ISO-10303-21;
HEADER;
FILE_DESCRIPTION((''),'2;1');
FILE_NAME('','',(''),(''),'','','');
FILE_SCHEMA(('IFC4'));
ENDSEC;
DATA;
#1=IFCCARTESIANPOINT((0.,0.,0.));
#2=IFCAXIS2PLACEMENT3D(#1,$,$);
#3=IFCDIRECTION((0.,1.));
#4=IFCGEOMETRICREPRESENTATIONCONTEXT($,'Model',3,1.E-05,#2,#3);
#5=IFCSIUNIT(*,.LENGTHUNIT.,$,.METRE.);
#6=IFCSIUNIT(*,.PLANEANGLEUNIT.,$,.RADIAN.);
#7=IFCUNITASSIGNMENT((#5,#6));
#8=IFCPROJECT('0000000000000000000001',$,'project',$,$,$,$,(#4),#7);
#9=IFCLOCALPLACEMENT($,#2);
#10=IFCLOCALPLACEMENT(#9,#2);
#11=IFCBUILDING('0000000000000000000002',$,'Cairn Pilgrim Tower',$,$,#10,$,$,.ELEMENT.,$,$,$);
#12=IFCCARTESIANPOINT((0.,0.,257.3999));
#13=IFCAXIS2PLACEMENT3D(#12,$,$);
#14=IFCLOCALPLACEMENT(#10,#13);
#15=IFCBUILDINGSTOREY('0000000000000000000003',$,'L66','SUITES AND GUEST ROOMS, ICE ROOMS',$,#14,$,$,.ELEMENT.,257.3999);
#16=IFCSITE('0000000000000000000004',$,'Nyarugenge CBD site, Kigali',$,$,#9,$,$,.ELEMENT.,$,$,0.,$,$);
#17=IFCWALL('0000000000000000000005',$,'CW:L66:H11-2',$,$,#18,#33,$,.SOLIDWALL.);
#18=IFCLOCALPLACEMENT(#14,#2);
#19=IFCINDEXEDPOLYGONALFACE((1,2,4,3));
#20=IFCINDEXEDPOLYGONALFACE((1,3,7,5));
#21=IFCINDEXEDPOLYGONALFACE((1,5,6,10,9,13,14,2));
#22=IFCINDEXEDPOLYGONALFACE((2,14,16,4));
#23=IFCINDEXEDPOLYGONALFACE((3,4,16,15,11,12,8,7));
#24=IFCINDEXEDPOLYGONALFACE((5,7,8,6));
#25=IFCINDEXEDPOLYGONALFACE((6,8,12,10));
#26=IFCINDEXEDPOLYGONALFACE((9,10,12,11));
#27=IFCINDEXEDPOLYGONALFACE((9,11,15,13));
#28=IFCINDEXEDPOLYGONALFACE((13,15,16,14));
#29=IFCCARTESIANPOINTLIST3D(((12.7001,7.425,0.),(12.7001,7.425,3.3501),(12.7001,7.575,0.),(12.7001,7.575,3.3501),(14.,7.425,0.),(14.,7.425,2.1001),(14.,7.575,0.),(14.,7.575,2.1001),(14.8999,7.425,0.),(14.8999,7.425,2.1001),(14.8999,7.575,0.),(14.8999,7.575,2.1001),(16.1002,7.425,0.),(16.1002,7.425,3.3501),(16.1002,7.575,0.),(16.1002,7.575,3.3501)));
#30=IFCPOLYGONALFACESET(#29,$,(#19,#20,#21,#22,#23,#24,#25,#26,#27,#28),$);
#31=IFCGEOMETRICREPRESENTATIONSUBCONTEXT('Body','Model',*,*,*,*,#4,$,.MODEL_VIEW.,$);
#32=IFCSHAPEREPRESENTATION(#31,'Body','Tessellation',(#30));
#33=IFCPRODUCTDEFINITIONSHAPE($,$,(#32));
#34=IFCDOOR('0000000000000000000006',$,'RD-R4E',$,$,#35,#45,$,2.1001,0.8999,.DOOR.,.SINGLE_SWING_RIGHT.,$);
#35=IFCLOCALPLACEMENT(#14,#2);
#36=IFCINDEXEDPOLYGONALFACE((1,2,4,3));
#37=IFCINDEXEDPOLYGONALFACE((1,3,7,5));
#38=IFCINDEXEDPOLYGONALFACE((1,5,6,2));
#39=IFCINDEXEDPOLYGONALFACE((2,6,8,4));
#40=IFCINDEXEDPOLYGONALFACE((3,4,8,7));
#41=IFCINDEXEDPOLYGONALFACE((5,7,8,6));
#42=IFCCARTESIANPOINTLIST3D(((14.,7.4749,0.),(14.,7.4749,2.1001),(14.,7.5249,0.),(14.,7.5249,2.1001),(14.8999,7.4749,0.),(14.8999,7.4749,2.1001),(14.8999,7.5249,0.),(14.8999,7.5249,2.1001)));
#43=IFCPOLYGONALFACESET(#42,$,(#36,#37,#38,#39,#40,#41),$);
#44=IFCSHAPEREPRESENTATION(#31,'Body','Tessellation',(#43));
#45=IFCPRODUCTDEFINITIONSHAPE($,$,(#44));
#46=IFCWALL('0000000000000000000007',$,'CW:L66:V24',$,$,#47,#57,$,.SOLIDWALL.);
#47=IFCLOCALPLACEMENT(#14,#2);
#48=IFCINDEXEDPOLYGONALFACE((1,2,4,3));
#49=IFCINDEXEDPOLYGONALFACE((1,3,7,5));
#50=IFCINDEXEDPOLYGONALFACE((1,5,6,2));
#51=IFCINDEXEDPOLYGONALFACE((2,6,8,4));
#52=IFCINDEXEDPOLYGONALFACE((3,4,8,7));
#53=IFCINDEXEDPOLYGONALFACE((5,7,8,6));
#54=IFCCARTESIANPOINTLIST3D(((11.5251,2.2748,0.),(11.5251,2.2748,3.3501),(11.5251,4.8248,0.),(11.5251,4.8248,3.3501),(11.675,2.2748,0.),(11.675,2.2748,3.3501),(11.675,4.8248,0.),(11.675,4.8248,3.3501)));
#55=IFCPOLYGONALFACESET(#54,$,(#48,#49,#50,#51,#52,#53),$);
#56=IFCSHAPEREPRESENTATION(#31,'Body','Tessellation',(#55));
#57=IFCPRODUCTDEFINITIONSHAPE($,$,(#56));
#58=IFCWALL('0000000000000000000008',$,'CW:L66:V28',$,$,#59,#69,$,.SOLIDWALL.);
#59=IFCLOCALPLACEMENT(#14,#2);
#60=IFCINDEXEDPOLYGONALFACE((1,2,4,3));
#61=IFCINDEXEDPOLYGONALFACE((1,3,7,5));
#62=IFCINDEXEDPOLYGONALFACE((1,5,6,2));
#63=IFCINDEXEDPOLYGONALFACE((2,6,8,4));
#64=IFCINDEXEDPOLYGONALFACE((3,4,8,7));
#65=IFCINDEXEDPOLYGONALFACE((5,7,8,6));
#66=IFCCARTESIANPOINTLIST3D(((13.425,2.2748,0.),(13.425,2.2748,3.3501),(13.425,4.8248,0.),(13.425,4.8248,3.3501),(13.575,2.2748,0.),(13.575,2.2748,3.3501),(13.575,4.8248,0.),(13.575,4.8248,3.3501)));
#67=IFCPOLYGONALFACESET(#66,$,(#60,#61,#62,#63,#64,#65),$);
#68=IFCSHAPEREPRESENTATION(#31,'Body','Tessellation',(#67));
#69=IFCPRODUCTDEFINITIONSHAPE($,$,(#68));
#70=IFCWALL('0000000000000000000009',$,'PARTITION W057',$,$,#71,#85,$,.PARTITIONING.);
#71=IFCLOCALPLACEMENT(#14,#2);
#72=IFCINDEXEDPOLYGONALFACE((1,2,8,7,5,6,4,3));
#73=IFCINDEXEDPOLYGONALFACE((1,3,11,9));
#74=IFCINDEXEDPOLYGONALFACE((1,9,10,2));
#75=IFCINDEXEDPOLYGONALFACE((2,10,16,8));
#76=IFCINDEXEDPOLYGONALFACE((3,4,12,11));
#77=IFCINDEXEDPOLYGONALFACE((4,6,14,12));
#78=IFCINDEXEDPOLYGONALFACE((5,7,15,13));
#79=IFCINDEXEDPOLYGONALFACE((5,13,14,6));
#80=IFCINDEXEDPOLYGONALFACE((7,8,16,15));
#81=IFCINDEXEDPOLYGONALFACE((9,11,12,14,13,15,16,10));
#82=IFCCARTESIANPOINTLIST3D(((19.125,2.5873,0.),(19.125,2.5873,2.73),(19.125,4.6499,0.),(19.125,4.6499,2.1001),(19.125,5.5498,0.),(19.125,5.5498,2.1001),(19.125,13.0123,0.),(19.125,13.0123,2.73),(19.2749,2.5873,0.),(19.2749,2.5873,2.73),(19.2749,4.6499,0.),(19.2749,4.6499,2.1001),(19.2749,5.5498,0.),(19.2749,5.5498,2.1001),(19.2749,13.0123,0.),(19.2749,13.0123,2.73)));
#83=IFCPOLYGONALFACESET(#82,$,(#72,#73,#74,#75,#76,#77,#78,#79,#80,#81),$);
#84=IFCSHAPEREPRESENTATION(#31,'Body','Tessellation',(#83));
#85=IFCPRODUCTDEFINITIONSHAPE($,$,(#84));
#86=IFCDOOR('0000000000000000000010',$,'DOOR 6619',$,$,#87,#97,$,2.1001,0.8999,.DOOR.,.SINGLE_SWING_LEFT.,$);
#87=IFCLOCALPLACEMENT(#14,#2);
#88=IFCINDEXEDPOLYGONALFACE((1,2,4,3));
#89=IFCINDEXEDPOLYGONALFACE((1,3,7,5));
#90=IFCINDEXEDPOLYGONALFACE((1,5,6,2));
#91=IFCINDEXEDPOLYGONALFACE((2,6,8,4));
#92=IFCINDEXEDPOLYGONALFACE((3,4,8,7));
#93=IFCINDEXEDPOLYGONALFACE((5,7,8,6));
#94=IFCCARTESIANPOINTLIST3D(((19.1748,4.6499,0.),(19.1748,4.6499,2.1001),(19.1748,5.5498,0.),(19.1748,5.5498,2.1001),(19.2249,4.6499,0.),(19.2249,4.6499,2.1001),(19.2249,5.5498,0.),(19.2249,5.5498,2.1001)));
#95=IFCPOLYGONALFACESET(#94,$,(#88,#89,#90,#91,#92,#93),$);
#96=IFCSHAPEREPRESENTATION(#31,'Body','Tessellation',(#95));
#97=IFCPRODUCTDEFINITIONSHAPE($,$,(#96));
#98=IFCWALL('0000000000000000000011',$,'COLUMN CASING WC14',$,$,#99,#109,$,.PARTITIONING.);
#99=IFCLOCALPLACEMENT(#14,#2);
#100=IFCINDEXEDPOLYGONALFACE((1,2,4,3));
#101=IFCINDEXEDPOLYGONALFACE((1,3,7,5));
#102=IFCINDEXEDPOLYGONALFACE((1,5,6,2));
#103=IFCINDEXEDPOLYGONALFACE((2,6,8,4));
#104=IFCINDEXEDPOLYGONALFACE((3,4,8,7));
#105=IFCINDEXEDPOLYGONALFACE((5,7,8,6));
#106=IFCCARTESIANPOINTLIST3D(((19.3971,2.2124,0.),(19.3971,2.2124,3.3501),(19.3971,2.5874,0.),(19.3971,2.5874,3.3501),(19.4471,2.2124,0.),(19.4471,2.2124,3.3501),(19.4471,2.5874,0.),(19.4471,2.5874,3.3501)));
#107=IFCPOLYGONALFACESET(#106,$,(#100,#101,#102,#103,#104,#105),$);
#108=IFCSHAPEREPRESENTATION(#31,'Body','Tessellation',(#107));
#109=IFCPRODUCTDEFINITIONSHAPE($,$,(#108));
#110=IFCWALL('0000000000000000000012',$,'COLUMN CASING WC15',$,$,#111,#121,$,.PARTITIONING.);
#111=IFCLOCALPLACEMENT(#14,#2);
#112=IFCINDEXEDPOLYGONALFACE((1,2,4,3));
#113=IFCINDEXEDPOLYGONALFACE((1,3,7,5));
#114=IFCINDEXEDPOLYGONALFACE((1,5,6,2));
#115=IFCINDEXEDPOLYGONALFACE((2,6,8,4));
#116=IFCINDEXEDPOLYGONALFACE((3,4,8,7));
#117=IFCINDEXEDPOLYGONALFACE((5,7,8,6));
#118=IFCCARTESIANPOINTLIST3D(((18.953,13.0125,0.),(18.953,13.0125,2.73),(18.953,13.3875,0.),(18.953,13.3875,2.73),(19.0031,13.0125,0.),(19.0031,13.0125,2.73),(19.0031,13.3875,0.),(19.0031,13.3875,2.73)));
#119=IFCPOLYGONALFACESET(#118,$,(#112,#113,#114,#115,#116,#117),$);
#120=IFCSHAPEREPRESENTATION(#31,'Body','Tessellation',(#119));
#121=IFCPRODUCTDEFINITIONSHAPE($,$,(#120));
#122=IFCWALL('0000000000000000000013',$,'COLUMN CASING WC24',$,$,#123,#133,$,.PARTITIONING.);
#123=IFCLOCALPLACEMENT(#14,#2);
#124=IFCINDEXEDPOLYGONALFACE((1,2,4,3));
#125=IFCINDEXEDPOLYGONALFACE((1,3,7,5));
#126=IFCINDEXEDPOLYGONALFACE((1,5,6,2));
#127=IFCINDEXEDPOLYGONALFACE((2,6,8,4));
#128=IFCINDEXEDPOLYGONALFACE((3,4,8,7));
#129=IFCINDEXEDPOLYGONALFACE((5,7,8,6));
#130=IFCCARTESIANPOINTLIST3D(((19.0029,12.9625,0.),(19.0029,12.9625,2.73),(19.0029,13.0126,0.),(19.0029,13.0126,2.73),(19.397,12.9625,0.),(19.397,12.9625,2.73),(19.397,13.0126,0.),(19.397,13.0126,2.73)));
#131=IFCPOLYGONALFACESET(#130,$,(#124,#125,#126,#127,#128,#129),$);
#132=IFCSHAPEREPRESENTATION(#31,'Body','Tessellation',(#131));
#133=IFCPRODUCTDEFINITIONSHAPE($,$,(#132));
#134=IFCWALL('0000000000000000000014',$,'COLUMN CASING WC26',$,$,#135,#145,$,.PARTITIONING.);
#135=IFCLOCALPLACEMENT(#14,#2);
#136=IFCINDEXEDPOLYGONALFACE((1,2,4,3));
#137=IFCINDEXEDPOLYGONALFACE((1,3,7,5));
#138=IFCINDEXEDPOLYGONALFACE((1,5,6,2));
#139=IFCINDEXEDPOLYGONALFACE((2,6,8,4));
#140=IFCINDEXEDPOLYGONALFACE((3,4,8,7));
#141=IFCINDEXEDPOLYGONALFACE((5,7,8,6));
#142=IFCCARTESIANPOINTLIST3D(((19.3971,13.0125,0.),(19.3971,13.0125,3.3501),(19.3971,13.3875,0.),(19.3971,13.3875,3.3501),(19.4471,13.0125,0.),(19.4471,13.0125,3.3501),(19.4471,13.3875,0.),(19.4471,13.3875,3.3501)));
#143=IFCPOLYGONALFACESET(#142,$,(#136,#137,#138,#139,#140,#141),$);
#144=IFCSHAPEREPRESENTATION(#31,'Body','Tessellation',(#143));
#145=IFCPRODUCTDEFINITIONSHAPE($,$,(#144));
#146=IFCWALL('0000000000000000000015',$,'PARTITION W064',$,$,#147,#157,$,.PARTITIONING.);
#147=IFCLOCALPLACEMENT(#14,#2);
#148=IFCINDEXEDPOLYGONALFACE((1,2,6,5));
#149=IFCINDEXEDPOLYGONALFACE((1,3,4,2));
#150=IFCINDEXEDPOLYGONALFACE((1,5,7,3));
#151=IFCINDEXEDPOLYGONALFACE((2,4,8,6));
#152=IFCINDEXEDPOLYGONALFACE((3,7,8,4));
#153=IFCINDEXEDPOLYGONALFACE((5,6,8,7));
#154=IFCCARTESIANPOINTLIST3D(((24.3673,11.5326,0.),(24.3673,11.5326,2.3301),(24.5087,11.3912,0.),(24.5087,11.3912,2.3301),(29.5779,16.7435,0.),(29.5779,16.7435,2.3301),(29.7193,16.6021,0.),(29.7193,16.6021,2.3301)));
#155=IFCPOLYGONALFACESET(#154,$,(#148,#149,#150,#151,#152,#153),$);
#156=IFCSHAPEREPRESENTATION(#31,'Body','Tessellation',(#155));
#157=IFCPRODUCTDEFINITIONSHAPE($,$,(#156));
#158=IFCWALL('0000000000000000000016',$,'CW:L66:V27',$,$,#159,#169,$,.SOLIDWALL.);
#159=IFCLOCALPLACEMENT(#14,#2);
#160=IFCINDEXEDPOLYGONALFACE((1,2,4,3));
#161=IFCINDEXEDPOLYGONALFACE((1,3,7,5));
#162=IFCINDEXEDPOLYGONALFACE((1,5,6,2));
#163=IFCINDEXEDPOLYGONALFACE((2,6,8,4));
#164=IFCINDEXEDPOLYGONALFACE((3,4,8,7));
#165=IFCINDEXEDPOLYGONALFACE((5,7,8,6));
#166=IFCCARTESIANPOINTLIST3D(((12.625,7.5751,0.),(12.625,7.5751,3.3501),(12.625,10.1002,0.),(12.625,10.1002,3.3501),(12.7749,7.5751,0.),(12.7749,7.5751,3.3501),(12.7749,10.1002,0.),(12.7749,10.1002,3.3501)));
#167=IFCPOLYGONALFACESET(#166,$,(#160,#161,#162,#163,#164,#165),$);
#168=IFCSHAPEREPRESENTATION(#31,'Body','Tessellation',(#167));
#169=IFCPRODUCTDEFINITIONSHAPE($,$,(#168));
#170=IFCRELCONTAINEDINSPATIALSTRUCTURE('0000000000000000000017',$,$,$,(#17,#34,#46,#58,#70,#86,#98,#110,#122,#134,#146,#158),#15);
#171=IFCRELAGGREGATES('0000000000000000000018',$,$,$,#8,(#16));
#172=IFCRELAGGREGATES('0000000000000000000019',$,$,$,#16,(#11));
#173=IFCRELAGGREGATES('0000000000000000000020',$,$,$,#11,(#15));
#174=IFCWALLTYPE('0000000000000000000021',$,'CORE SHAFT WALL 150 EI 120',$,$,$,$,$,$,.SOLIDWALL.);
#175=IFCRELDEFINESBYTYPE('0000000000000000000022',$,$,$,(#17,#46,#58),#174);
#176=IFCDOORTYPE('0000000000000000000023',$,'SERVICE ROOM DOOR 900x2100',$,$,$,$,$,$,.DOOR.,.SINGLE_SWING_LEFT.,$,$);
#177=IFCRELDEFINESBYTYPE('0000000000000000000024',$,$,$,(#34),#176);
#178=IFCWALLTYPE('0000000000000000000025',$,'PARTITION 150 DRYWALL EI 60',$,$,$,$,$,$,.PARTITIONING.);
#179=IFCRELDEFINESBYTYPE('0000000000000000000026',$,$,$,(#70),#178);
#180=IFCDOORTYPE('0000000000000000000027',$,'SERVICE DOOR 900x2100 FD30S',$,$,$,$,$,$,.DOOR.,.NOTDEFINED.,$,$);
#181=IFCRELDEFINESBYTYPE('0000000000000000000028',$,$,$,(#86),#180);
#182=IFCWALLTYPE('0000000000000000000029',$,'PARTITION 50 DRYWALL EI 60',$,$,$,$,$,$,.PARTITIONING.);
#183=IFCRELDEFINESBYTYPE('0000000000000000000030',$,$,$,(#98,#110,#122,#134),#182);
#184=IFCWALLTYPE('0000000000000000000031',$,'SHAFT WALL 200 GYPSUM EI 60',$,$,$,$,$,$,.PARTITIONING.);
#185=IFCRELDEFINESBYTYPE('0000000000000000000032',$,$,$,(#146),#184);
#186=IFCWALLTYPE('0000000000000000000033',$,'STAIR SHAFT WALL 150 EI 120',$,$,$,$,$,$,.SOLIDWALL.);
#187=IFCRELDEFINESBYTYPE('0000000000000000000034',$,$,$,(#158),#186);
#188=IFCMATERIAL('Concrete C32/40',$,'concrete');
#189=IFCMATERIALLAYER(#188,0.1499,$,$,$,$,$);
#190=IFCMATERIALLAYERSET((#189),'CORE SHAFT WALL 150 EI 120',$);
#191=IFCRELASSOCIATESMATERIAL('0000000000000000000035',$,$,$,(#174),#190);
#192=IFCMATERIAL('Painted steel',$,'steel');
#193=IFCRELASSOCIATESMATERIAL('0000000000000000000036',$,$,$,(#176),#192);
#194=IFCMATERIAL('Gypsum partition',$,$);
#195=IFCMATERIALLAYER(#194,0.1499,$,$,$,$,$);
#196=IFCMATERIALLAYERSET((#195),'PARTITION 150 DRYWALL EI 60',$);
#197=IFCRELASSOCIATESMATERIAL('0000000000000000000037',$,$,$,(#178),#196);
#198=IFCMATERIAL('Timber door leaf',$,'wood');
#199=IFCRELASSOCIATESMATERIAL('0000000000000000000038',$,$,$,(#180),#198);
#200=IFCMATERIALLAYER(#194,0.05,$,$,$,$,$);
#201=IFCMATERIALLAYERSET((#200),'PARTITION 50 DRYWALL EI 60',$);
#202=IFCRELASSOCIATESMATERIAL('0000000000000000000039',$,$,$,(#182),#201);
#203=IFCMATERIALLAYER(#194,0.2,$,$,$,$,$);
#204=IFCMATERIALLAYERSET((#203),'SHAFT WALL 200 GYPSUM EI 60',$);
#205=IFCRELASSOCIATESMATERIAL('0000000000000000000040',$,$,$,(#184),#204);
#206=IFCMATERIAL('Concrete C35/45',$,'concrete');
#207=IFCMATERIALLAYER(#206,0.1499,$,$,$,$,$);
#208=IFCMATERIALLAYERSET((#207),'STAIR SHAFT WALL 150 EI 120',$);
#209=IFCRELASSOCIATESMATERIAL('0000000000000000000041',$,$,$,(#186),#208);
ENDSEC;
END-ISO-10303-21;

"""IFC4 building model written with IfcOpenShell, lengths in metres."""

from ifc_helpers import new_model, si_unit, direction, frame, frame_2d, origin, place, context, subcontext, project, spatial, rectangle, extrude, material, layer, layer_set, type_object, element, fill, save


model = new_model("IFC4")

# Units and contexts
model_context = context("Model", 3, precision=1e-05, world=origin(), true_north=direction((0.0, 1.0)))
body_context = subcontext(model_context, "Body", "Model", "MODEL_VIEW")
ifc_project = project(units=[si_unit("LENGTHUNIT", "METRE"), si_unit("PLANEANGLEUNIT", "RADIAN")], contexts=[model_context])

# Site, building, storey
site_placement = place(None, origin())
site = spatial("IfcSite", under=ifc_project, at=site_placement, Name="Nyarugenge CBD site, Kigali", CompositionType="ELEMENT", RefElevation=0.0)
building_placement = place(site_placement, origin())
building = spatial("IfcBuilding", under=site, at=building_placement, Name="Cairn Pilgrim Tower", CompositionType="ELEMENT")
storey_placement = place(building_placement, frame((0.0, 0.0, 257.3999)))
storey = spatial("IfcBuildingStorey", under=building, at=storey_placement, Name="L66", Description="SUITES AND GUEST ROOMS, ICE ROOMS", CompositionType="ELEMENT", Elevation=257.3999)

# Shared definitions
ifc_material_1 = material(Name="Concrete C32/40", Category="concrete")

# Wall, opening, door
ifc_layer_1 = layer(ifc_material_1, 0.1499)
ifc_layer_set_1 = layer_set([ifc_layer_1], Name="CORE SHAFT WALL 150 EI 120")
wall_type_1 = type_object("IfcWallType", Name="CORE SHAFT WALL 150 EI 120", PredefinedType="SOLIDWALL", material=ifc_layer_set_1)
wall_1_placement = place(storey_placement, frame((12.7, 7.5, 0.0), z_axis=(0.0, 0.0, 1.0), x_axis=(1.0, 0.0, 0.0)))
wall_1 = element("IfcWall", 1, at=wall_1_placement, inside=storey, type_object=wall_type_1, Name="CW:L66:H11-2", PredefinedType="SOLIDWALL", context=body_context, shape_type="SweptSolid", body=[
    extrude(rectangle(XDim=3.4001, YDim=0.1499, at=frame_2d((1.7002, 0.0))), origin(), (0.0, 0.0, 1.0), 3.3501),
])
opening_1_placement = place(wall_1_placement, frame((1.3, 0.0, 0.0)))
opening_1 = element("IfcOpeningElement", 2, at=opening_1_placement, cuts=wall_1, PredefinedType="OPENING", context=body_context, shape_type="SweptSolid", body=[
    extrude(rectangle(XDim=0.8999, YDim=2.1001, at=frame_2d((0.45, 1.05))), frame((0.0, 0.085, 0.0), z_axis=(0.0, -1.0, 0.0), x_axis=(1.0, 0.0, 0.0)), (0.0, 0.0, 1.0), 0.1699),
])
ifc_material_2 = material(Name="Painted steel", Category="steel")
door_type_1 = type_object("IfcDoorType", Name="SERVICE ROOM DOOR 900x2100", OperationType="SINGLE_SWING_LEFT", PredefinedType="DOOR", material=ifc_material_2)
door_1_placement = place(opening_1_placement, origin())
door_1 = element("IfcDoor", 3, at=door_1_placement, inside=storey, type_object=door_type_1, Name="RD-R4E", OperationType="SINGLE_SWING_RIGHT", OverallHeight=2.1001, OverallWidth=0.8999, PredefinedType="DOOR", context=body_context, shape_type="SweptSolid", body=[
    extrude(rectangle(XDim=0.8999, YDim=2.1001, at=frame_2d((0.45, 1.05))), frame((0.0, 0.0249, 0.0), z_axis=(0.0, -1.0, 0.0), x_axis=(1.0, 0.0, 0.0)), (0.0, 0.0, 1.0), 0.05),
])
fill(opening_1, door_1)

# Walls
for number, where, z_axis, x_axis, name in (
    (4, (11.6001, 2.2749, 0.0), (0.0, 0.0, 1.0), (0.0, 1.0, 0.0), "CW:L66:V24"),
    (5, (13.5, 2.2749, 0.0), (0.0, 0.0, 1.0), (0.0, 1.0, 0.0), "CW:L66:V28"),
):
    element("IfcWall", number, at=place(storey_placement, frame(where, z_axis=z_axis, x_axis=x_axis)), inside=storey, type_object=wall_type_1, Name=name, PredefinedType="SOLIDWALL", context=body_context, shape_type="SweptSolid", body=[
        extrude(rectangle(XDim=2.55, YDim=0.1499, at=frame_2d((1.2749, 0.0))), origin(), (0.0, 0.0, 1.0), 3.3501),
    ])

# Wall, opening, door
ifc_material_3 = material(Name="Gypsum partition")
ifc_layer_2 = layer(ifc_material_3, 0.1499)
ifc_layer_set_2 = layer_set([ifc_layer_2], Name="PARTITION 150 DRYWALL EI 60")
wall_type_2 = type_object("IfcWallType", Name="PARTITION 150 DRYWALL EI 60", PredefinedType="PARTITIONING", material=ifc_layer_set_2)
wall_2_placement = place(storey_placement, frame((19.2, 2.5874, 0.0), z_axis=(0.0, 0.0, 1.0), x_axis=(0.0, 1.0, 0.0)))
wall_2 = element("IfcWall", 6, at=wall_2_placement, inside=storey, type_object=wall_type_2, Name="PARTITION W057", PredefinedType="PARTITIONING", context=body_context, shape_type="SweptSolid", body=[
    extrude(rectangle(XDim=10.425, YDim=0.1499, at=frame_2d((5.2124, 0.0))), origin(), (0.0, 0.0, 1.0), 2.73),
])
opening_2_placement = place(wall_2_placement, frame((2.0625, 0.0, 0.0)))
opening_2 = element("IfcOpeningElement", 7, at=opening_2_placement, cuts=wall_2, PredefinedType="OPENING", context=body_context, shape_type="SweptSolid", body=[
    extrude(rectangle(XDim=0.8999, YDim=2.1001, at=frame_2d((0.45, 1.05))), frame((0.0, 0.085, 0.0), z_axis=(0.0, -1.0, 0.0), x_axis=(1.0, 0.0, 0.0)), (0.0, 0.0, 1.0), 0.1699),
])
ifc_material_4 = material(Name="Timber door leaf", Category="wood")
door_type_2 = type_object("IfcDoorType", Name="SERVICE DOOR 900x2100 FD30S", OperationType="NOTDEFINED", PredefinedType="DOOR", material=ifc_material_4)
door_2_placement = place(opening_2_placement, frame((0.8999, 0.0, 0.0), z_axis=(0.0, 0.0, 1.0), x_axis=(-1.0, 0.0, 0.0)))
door_2 = element("IfcDoor", 8, at=door_2_placement, inside=storey, type_object=door_type_2, Name="DOOR 6619", OperationType="SINGLE_SWING_LEFT", OverallHeight=2.1001, OverallWidth=0.8999, PredefinedType="DOOR", context=body_context, shape_type="SweptSolid", body=[
    extrude(rectangle(XDim=0.8999, YDim=2.1001, at=frame_2d((0.45, 1.05))), frame((0.0, 0.0249, 0.0), z_axis=(0.0, -1.0, 0.0), x_axis=(1.0, 0.0, 0.0)), (0.0, 0.0, 1.0), 0.05),
])
fill(opening_2, door_2)

# Walls
ifc_layer_3 = layer(ifc_material_3, 0.05)
ifc_layer_set_3 = layer_set([ifc_layer_3], Name="PARTITION 50 DRYWALL EI 60")
wall_type_3 = type_object("IfcWallType", Name="PARTITION 50 DRYWALL EI 60", PredefinedType="PARTITIONING", material=ifc_layer_set_3)
wall_3_placement = place(storey_placement, frame((19.4221, 2.2124, 0.0), z_axis=(0.0, 0.0, 1.0), x_axis=(0.0, 1.0, 0.0)))
element("IfcWall", 9, at=wall_3_placement, inside=storey, type_object=wall_type_3, Name="COLUMN CASING WC14", PredefinedType="PARTITIONING", context=body_context, shape_type="SweptSolid", body=[
    extrude(rectangle(XDim=0.375, YDim=0.05, at=frame_2d((0.1875, 0.0))), origin(), (0.0, 0.0, 1.0), 3.3501),
])
wall_4_placement = place(storey_placement, frame((18.978, 13.0125, 0.0), z_axis=(0.0, 0.0, 1.0), x_axis=(0.0, 1.0, 0.0)))
element("IfcWall", 10, at=wall_4_placement, inside=storey, type_object=wall_type_3, Name="COLUMN CASING WC15", PredefinedType="PARTITIONING", context=body_context, shape_type="SweptSolid", body=[
    extrude(rectangle(XDim=0.375, YDim=0.05, at=frame_2d((0.1875, 0.0))), origin(), (0.0, 0.0, 1.0), 2.73),
])
wall_5_placement = place(storey_placement, frame((19.0029, 12.9875, 0.0), z_axis=(0.0, 0.0, 1.0), x_axis=(1.0, 0.0, 0.0)))
element("IfcWall", 11, at=wall_5_placement, inside=storey, type_object=wall_type_3, Name="COLUMN CASING WC24", PredefinedType="PARTITIONING", context=body_context, shape_type="SweptSolid", body=[
    extrude(rectangle(XDim=0.394, YDim=0.05, at=frame_2d((0.197, 0.0))), origin(), (0.0, 0.0, 1.0), 2.73),
])
wall_6_placement = place(storey_placement, frame((19.4221, 13.0125, 0.0), z_axis=(0.0, 0.0, 1.0), x_axis=(0.0, 1.0, 0.0)))
element("IfcWall", 12, at=wall_6_placement, inside=storey, type_object=wall_type_3, Name="COLUMN CASING WC26", PredefinedType="PARTITIONING", context=body_context, shape_type="SweptSolid", body=[
    extrude(rectangle(XDim=0.375, YDim=0.05, at=frame_2d((0.1875, 0.0))), origin(), (0.0, 0.0, 1.0), 3.3501),
])
ifc_layer_4 = layer(ifc_material_3, 0.2)
ifc_layer_set_4 = layer_set([ifc_layer_4], Name="SHAFT WALL 200 GYPSUM EI 60")
wall_type_4 = type_object("IfcWallType", Name="SHAFT WALL 200 GYPSUM EI 60", PredefinedType="PARTITIONING", material=ifc_layer_set_4)
wall_7_placement = place(storey_placement, frame((24.438, 11.4619, 0.0), z_axis=(0.0, 0.0, 1.0), x_axis=(0.70709, 0.707123, 0.0)))
element("IfcWall", 13, at=wall_7_placement, inside=storey, type_object=wall_type_4, Name="PARTITION W064", PredefinedType="PARTITIONING", context=body_context, shape_type="SweptSolid", body=[
    extrude(rectangle(XDim=7.3691, YDim=0.2, at=frame_2d((3.6846, 0.0))), origin(), (0.0, 0.0, 1.0), 2.3301),
])
ifc_material_5 = material(Name="Concrete C35/45", Category="concrete")
ifc_layer_5 = layer(ifc_material_5, 0.1499)
ifc_layer_set_5 = layer_set([ifc_layer_5], Name="STAIR SHAFT WALL 150 EI 120")
wall_type_5 = type_object("IfcWallType", Name="STAIR SHAFT WALL 150 EI 120", PredefinedType="SOLIDWALL", material=ifc_layer_set_5)
wall_8_placement = place(storey_placement, frame((12.7, 7.575, 0.0), z_axis=(0.0, 0.0, 1.0), x_axis=(0.0, 1.0, 0.0)))
element("IfcWall", 14, at=wall_8_placement, inside=storey, type_object=wall_type_5, Name="CW:L66:V27", PredefinedType="SOLIDWALL", context=body_context, shape_type="SweptSolid", body=[
    extrude(rectangle(XDim=2.5251, YDim=0.1499, at=frame_2d((1.2627, 0.0))), origin(), (0.0, 0.0, 1.0), 3.3501),
])

save(model, "model.ifc")
